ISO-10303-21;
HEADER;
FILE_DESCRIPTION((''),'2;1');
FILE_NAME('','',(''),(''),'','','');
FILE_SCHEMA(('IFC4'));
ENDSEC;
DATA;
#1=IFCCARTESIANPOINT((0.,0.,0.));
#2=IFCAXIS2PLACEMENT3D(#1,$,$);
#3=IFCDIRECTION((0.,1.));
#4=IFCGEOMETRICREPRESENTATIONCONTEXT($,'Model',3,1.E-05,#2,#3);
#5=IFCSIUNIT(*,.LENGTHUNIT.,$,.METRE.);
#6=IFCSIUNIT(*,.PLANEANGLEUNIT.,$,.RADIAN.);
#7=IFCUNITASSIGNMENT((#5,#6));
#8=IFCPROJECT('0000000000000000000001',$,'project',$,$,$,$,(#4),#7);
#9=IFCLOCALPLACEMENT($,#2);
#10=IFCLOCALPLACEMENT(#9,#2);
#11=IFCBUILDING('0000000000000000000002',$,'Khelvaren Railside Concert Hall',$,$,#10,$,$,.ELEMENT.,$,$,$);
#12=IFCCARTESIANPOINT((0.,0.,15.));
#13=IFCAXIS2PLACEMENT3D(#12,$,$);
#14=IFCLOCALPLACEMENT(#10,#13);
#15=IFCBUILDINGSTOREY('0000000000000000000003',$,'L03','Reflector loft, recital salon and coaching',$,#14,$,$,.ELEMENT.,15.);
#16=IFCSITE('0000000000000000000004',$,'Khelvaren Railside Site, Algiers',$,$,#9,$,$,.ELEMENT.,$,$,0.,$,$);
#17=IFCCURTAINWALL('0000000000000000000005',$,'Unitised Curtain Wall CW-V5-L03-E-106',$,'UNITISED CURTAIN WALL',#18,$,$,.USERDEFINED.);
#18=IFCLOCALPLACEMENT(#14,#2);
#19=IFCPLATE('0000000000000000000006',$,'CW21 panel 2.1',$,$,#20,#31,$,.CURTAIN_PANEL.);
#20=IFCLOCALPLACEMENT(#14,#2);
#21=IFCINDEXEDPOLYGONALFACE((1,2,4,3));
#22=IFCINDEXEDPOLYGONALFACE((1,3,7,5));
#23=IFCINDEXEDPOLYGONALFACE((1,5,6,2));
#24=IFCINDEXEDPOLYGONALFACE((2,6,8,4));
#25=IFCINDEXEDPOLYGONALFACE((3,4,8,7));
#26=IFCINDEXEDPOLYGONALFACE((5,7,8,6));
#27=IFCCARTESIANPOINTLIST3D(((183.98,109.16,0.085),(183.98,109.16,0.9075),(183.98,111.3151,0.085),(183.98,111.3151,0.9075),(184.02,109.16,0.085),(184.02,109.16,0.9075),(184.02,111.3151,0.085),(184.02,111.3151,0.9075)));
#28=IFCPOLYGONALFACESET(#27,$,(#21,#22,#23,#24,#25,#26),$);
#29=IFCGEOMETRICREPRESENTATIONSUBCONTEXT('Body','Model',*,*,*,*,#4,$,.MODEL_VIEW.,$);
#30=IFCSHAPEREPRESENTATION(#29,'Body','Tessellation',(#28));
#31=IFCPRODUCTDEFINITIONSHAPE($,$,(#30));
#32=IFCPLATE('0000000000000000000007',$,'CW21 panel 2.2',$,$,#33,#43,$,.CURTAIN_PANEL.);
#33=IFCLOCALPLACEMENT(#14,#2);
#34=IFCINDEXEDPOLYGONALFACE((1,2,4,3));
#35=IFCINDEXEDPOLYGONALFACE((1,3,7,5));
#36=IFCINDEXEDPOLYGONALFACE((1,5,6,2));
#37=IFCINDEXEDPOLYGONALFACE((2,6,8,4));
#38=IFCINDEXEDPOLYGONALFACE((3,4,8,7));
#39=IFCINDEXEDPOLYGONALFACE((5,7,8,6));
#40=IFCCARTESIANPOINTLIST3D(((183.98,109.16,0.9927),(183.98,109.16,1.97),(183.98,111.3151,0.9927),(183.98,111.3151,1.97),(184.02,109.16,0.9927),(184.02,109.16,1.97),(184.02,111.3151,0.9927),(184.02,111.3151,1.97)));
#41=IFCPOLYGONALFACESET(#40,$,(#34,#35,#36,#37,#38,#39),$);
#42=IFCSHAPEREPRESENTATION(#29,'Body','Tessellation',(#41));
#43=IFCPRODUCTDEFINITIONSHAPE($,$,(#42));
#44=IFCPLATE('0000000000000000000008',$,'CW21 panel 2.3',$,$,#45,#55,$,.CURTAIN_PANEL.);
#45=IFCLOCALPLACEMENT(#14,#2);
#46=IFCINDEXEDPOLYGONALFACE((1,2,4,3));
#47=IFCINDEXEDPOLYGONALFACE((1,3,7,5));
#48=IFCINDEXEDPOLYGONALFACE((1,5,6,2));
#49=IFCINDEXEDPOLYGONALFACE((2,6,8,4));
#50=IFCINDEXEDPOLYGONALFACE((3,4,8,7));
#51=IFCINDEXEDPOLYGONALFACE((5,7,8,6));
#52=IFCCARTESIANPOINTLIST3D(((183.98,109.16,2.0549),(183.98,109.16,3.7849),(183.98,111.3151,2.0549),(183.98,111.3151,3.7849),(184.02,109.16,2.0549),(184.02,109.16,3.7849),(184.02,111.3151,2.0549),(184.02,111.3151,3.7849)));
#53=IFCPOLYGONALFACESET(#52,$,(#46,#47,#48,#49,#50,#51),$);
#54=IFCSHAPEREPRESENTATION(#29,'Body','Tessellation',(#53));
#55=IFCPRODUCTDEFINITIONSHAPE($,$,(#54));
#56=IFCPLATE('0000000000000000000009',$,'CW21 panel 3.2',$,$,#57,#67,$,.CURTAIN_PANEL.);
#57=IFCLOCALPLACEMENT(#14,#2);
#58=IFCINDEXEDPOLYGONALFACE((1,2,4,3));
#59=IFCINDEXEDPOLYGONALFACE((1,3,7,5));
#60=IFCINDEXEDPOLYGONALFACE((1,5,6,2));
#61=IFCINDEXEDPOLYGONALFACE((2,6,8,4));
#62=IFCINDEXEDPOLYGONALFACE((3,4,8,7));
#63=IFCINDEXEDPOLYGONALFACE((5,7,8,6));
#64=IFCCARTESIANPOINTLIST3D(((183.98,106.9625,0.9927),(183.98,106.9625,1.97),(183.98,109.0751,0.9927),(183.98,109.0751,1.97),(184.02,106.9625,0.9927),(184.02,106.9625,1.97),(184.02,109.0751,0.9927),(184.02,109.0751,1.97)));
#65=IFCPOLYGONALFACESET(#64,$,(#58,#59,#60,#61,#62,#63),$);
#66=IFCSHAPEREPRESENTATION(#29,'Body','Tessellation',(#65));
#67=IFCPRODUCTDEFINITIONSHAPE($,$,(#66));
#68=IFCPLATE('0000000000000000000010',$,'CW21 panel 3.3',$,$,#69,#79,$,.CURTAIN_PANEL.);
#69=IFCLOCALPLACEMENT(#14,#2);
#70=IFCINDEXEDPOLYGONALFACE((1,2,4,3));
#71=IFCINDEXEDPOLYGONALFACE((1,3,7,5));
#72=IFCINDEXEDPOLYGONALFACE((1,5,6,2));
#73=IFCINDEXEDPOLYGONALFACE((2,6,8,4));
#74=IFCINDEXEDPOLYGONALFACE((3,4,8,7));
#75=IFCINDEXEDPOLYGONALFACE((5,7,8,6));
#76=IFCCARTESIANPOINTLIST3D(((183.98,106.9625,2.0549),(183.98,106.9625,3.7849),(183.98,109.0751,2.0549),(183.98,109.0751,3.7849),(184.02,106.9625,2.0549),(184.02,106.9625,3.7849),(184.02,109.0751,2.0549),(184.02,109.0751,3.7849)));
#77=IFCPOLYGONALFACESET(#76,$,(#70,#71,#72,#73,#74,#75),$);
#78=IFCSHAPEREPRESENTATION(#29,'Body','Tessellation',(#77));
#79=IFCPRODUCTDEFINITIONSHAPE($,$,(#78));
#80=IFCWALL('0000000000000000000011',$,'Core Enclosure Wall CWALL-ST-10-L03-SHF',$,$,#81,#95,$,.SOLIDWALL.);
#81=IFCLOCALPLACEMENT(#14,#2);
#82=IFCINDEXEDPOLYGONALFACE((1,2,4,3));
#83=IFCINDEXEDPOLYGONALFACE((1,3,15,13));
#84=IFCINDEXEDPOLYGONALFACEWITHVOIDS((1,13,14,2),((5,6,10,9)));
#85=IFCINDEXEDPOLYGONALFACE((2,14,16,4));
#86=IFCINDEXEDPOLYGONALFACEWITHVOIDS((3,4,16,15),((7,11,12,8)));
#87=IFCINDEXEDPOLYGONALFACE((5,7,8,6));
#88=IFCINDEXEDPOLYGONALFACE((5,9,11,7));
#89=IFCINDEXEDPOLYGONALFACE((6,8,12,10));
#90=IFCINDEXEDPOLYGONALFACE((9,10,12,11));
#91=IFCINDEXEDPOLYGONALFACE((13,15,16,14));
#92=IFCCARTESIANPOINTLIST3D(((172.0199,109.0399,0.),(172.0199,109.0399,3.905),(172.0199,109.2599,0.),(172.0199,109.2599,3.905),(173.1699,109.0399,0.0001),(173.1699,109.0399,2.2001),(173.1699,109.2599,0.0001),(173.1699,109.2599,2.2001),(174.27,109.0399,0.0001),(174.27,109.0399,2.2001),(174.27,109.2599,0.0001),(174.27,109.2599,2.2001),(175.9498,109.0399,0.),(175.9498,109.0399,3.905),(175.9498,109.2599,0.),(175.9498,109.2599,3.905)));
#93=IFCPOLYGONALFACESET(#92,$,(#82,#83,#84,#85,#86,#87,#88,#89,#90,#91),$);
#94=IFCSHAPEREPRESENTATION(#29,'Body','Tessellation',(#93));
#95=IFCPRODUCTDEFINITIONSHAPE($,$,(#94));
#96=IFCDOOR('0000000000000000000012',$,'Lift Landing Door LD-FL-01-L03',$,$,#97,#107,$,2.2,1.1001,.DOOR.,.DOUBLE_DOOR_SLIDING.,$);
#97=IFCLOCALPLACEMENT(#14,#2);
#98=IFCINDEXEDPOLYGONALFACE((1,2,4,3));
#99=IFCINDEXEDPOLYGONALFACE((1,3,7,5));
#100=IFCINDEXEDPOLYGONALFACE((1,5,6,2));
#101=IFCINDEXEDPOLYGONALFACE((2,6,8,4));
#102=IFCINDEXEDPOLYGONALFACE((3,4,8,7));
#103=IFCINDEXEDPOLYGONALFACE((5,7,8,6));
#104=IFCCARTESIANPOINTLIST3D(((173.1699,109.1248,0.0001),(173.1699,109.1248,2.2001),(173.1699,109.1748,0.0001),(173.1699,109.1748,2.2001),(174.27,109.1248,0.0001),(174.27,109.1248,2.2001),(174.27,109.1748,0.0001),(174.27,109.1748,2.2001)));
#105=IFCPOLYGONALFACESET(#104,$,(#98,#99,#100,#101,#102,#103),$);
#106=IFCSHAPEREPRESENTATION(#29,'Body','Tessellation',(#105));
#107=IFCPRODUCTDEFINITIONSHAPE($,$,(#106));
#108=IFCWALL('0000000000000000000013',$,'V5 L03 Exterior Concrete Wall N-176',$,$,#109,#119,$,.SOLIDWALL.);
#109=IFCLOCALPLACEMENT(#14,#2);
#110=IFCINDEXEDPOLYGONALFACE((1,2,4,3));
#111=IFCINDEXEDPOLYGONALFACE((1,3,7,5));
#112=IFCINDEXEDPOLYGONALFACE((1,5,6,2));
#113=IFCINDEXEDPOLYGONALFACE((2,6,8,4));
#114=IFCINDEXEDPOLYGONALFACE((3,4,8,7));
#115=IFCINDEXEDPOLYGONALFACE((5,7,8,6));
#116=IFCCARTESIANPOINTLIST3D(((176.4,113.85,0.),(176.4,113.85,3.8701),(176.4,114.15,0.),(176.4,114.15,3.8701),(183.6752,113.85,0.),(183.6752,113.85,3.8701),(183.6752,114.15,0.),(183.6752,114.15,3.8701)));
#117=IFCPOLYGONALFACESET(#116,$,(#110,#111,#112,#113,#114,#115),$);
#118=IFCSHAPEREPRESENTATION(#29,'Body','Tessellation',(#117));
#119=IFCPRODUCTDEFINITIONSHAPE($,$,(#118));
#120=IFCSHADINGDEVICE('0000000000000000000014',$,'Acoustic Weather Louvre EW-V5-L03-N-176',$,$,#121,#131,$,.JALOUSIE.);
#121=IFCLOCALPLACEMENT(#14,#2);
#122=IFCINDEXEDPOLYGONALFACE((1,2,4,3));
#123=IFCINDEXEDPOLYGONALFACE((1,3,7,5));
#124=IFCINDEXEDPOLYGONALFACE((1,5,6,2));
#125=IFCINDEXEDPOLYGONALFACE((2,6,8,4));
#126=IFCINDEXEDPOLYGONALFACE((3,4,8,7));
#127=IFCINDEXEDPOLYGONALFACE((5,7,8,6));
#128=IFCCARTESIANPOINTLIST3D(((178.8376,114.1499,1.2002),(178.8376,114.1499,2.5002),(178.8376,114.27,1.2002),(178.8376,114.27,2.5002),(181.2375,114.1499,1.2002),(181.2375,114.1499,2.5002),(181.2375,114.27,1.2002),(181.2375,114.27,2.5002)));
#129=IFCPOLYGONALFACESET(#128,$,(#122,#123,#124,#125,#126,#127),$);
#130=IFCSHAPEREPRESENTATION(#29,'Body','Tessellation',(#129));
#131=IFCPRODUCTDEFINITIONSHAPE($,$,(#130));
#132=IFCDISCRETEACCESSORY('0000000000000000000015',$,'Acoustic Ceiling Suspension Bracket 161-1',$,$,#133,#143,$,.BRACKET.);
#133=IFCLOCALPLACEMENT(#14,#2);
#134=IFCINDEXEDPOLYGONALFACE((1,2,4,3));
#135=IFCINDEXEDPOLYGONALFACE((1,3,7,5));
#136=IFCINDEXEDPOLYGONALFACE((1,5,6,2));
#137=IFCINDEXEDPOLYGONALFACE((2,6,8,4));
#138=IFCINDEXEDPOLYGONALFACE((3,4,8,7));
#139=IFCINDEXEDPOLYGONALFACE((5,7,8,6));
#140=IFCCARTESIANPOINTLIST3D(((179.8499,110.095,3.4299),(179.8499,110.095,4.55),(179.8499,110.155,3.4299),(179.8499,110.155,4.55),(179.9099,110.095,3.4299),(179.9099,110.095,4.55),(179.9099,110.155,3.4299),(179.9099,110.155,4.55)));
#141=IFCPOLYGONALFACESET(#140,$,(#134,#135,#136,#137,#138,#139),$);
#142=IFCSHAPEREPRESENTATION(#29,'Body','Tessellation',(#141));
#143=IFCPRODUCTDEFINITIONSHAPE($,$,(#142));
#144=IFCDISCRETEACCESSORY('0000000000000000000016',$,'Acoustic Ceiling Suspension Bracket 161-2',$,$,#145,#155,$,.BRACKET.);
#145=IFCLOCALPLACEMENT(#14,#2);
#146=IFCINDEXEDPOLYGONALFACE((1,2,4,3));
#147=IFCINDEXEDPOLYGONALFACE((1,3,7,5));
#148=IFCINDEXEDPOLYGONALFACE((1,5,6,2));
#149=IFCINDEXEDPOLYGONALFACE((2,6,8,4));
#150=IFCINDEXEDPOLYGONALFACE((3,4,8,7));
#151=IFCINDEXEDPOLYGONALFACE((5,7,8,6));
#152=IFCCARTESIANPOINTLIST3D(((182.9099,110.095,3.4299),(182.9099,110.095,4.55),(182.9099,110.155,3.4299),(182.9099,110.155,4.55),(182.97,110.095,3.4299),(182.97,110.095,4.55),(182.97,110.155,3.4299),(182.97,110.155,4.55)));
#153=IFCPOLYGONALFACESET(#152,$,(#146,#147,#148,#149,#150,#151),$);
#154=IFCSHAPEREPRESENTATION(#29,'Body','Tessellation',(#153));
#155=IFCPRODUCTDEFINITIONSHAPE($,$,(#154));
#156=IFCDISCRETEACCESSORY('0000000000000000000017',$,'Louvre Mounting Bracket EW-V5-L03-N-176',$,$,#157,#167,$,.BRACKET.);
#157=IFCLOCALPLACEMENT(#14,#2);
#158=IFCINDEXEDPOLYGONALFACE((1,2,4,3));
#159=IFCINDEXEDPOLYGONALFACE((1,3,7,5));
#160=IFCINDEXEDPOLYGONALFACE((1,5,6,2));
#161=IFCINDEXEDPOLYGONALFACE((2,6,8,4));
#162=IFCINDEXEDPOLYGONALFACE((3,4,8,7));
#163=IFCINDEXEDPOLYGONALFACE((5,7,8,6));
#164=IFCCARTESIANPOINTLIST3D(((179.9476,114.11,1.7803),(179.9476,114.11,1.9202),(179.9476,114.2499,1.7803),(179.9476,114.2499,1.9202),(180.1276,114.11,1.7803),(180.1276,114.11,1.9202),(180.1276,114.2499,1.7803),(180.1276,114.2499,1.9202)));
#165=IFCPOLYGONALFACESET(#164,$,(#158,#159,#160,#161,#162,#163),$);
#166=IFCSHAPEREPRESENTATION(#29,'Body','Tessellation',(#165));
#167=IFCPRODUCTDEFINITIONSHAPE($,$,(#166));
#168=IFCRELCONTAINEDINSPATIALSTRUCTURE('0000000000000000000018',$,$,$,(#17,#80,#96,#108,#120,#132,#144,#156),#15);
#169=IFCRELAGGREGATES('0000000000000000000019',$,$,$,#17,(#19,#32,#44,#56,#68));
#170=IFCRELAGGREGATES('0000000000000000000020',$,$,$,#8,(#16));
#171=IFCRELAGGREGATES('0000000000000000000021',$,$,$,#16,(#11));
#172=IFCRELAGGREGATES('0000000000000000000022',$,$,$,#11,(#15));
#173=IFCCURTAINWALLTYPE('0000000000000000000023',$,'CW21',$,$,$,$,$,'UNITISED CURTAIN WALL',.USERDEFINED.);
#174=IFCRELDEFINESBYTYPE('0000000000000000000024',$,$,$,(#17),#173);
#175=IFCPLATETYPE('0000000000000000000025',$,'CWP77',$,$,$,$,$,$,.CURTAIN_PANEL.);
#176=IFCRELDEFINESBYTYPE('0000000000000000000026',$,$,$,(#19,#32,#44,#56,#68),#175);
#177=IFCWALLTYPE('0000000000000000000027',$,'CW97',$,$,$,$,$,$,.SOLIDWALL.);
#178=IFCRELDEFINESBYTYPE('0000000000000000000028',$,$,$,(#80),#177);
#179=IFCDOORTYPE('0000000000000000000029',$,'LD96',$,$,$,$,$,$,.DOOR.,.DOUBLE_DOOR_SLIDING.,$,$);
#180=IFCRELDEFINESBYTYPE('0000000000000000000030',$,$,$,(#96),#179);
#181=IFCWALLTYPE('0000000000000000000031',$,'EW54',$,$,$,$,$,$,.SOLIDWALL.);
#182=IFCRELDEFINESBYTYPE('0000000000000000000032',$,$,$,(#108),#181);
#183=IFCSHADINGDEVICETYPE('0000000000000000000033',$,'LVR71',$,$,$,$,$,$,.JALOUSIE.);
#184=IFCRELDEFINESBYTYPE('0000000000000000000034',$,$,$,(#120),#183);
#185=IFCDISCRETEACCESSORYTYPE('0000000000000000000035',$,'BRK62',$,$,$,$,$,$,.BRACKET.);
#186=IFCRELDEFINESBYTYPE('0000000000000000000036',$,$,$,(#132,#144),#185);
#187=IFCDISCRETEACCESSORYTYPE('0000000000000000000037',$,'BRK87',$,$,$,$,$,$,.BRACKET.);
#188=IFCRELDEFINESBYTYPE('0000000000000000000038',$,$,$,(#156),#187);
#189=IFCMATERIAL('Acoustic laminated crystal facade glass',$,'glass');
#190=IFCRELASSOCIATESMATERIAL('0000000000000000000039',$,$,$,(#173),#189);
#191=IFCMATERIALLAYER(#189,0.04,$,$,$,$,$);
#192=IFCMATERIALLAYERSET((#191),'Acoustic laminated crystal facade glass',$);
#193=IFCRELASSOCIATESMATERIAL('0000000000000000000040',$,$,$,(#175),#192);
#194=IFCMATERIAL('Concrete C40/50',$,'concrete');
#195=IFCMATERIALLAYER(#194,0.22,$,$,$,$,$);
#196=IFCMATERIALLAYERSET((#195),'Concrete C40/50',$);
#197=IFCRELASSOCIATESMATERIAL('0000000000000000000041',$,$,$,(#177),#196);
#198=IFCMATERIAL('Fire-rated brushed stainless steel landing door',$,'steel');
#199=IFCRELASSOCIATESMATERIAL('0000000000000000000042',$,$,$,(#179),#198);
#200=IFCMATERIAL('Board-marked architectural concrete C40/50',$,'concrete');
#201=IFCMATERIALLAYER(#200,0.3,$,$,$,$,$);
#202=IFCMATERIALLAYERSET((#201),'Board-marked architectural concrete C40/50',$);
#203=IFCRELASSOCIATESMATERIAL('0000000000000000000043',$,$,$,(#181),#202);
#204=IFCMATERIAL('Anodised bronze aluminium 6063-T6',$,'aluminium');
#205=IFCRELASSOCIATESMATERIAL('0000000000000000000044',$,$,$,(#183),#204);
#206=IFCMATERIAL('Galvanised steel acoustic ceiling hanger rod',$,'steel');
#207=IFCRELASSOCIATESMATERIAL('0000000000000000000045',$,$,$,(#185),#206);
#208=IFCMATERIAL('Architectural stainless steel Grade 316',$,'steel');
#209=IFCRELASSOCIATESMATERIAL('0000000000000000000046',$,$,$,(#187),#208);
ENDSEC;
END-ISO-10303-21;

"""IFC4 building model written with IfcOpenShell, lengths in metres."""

from ifc_helpers import new_model, si_unit, direction, frame, frame_2d, origin, origin_2d, place, context, subcontext, project, spatial, rectangle, extrude, material, layer, layer_set, type_object, element, fill, aggregate, save


model = new_model("IFC4")

# Units and contexts
model_context = context("Model", 3, precision=1e-05, world=origin(), true_north=direction((0.0, 1.0)))
body_context = subcontext(model_context, "Body", "Model", "MODEL_VIEW")
ifc_project = project(units=[si_unit("LENGTHUNIT", "METRE"), si_unit("PLANEANGLEUNIT", "RADIAN")], contexts=[model_context])

# Site, building, storey
site_placement = place(None, origin())
site = spatial("IfcSite", under=ifc_project, at=site_placement, Name="Khelvaren Railside Site, Algiers", CompositionType="ELEMENT", RefElevation=0.0)
building_placement = place(site_placement, origin())
building = spatial("IfcBuilding", under=site, at=building_placement, Name="Khelvaren Railside Concert Hall", CompositionType="ELEMENT")
storey_placement = place(building_placement, frame((0.0, 0.0, 15.0)))
storey = spatial("IfcBuildingStorey", under=building, at=storey_placement, Name="L03", Description="Reflector loft, recital salon and coaching", CompositionType="ELEMENT", Elevation=15.0)

# Curtain wall
ifc_material_1 = material(Name="Acoustic laminated crystal facade glass", Category="glass")
curtain_wall_type = type_object("IfcCurtainWallType", Name="CW21", ElementType="UNITISED CURTAIN WALL", PredefinedType="USERDEFINED", material=ifc_material_1)
curtain_wall_placement = place(storey_placement, origin())
curtain_wall = element("IfcCurtainWall", 1, at=curtain_wall_placement, inside=storey, type_object=curtain_wall_type, Name="Unitised Curtain Wall CW-V5-L03-E-106", ObjectType="UNITISED CURTAIN WALL", PredefinedType="USERDEFINED")

# Shared definitions
ifc_material_2 = material(Name="Concrete C40/50", Category="concrete")

# Plates
ifc_layer_1 = layer(ifc_material_1, 0.04)
ifc_layer_set_1 = layer_set([ifc_layer_1], Name="Acoustic laminated crystal facade glass")
plate_type = type_object("IfcPlateType", Name="CWP77", PredefinedType="CURTAIN_PANEL", material=ifc_layer_set_1)
plate_1_placement = place(storey_placement, frame((184.0, 110.2375, 0.085), z_axis=(0.0, 0.0, 1.0), x_axis=(0.0, -1.0, 0.0)))
plate_1 = element("IfcPlate", 2, at=plate_1_placement, type_object=plate_type, Name="CW21 panel 2.1", PredefinedType="CURTAIN_PANEL", context=body_context, shape_type="SweptSolid", body=[
    extrude(rectangle(XDim=2.155, YDim=0.04, at=origin_2d()), origin(), (0.0, 0.0, 1.0), 0.8225),
])
plate_2_placement = place(storey_placement, frame((184.0, 110.2375, 0.9927), z_axis=(0.0, 0.0, 1.0), x_axis=(0.0, -1.0, 0.0)))
plate_2 = element("IfcPlate", 3, at=plate_2_placement, type_object=plate_type, Name="CW21 panel 2.2", PredefinedType="CURTAIN_PANEL", context=body_context, shape_type="SweptSolid", body=[
    extrude(rectangle(XDim=2.155, YDim=0.04, at=origin_2d()), origin(), (0.0, 0.0, 1.0), 0.9773),
])
plate_3_placement = place(storey_placement, frame((184.0, 110.2375, 2.0549), z_axis=(0.0, 0.0, 1.0), x_axis=(0.0, -1.0, 0.0)))
plate_3 = element("IfcPlate", 4, at=plate_3_placement, type_object=plate_type, Name="CW21 panel 2.3", PredefinedType="CURTAIN_PANEL", context=body_context, shape_type="SweptSolid", body=[
    extrude(rectangle(XDim=2.155, YDim=0.04, at=origin_2d()), origin(), (0.0, 0.0, 1.0), 1.73),
])
plate_4_placement = place(storey_placement, frame((184.0, 108.0188, 0.9927), z_axis=(0.0, 0.0, 1.0), x_axis=(0.0, -1.0, 0.0)))
plate_4 = element("IfcPlate", 5, at=plate_4_placement, type_object=plate_type, Name="CW21 panel 3.2", PredefinedType="CURTAIN_PANEL", context=body_context, shape_type="SweptSolid", body=[
    extrude(rectangle(XDim=2.1125, YDim=0.04, at=origin_2d()), origin(), (0.0, 0.0, 1.0), 0.9773),
])
plate_5_placement = place(storey_placement, frame((184.0, 108.0188, 2.0549), z_axis=(0.0, 0.0, 1.0), x_axis=(0.0, -1.0, 0.0)))
plate_5 = element("IfcPlate", 6, at=plate_5_placement, type_object=plate_type, Name="CW21 panel 3.3", PredefinedType="CURTAIN_PANEL", context=body_context, shape_type="SweptSolid", body=[
    extrude(rectangle(XDim=2.1125, YDim=0.04, at=origin_2d()), origin(), (0.0, 0.0, 1.0), 1.73),
])
aggregate(curtain_wall, [plate_1, plate_2, plate_3, plate_4, plate_5])

# Wall, opening, door
ifc_layer_2 = layer(ifc_material_2, 0.22)
ifc_layer_set_2 = layer_set([ifc_layer_2], Name="Concrete C40/50")
wall_type_1 = type_object("IfcWallType", Name="CW97", PredefinedType="SOLIDWALL", material=ifc_layer_set_2)
wall_1_placement = place(storey_placement, frame((172.02, 109.1499, 0.0), z_axis=(0.0, 0.0, 1.0), x_axis=(1.0, 0.0, 0.0)))
wall_1 = element("IfcWall", 7, at=wall_1_placement, inside=storey, type_object=wall_type_1, Name="Core Enclosure Wall CWALL-ST-10-L03-SHF", PredefinedType="SOLIDWALL", context=body_context, shape_type="SweptSolid", body=[
    extrude(rectangle(XDim=3.9299, YDim=0.22, at=frame_2d((1.9648, 0.0))), origin(), (0.0, 0.0, 1.0), 3.905),
])
opening_placement = place(wall_1_placement, frame((1.1499, 0.0, 0.0)))
opening = element("IfcOpeningElement", 8, at=opening_placement, cuts=wall_1, PredefinedType="OPENING", context=body_context, shape_type="SweptSolid", body=[
    extrude(rectangle(XDim=1.1001, YDim=2.2, at=frame_2d((0.55, 1.1001))), frame((0.0, 0.1199, 0.0), z_axis=(0.0, -1.0, 0.0), x_axis=(1.0, 0.0, 0.0)), (0.0, 0.0, 1.0), 0.24),
])
ifc_material_3 = material(Name="Fire-rated brushed stainless steel landing door", Category="steel")
door_type = type_object("IfcDoorType", Name="LD96", OperationType="DOUBLE_DOOR_SLIDING", PredefinedType="DOOR", material=ifc_material_3)
door_placement = place(opening_placement, origin())
door = element("IfcDoor", 9, at=door_placement, inside=storey, type_object=door_type, Name="Lift Landing Door LD-FL-01-L03", OperationType="DOUBLE_DOOR_SLIDING", OverallHeight=2.2, OverallWidth=1.1001, PredefinedType="DOOR", context=body_context, shape_type="SweptSolid", body=[
    extrude(rectangle(XDim=1.1001, YDim=2.2, at=frame_2d((0.55, 1.1001))), frame((0.0, 0.0249, 0.0), z_axis=(0.0, -1.0, 0.0), x_axis=(1.0, 0.0, 0.0)), (0.0, 0.0, 1.0), 0.05),
])
fill(opening, door)

# Wall
ifc_material_4 = material(Name="Board-marked architectural concrete C40/50", Category="concrete")
ifc_layer_3 = layer(ifc_material_4, 0.3)
ifc_layer_set_3 = layer_set([ifc_layer_3], Name="Board-marked architectural concrete C40/50")
wall_type_2 = type_object("IfcWallType", Name="EW54", PredefinedType="SOLIDWALL", material=ifc_layer_set_3)
wall_2_placement = place(storey_placement, frame((176.3999, 114.0, 0.0), z_axis=(0.0, 0.0, 1.0), x_axis=(1.0, 0.0, 0.0)))
element("IfcWall", 10, at=wall_2_placement, inside=storey, type_object=wall_type_2, Name="V5 L03 Exterior Concrete Wall N-176", PredefinedType="SOLIDWALL", context=body_context, shape_type="SweptSolid", body=[
    extrude(rectangle(XDim=7.2751, YDim=0.3, at=frame_2d((3.6377, 0.0))), origin(), (0.0, 0.0, 1.0), 3.8701),
])

# Shading device
ifc_material_5 = material(Name="Anodised bronze aluminium 6063-T6", Category="aluminium")
shading_device_type = type_object("IfcShadingDeviceType", Name="LVR71", PredefinedType="JALOUSIE", material=ifc_material_5)
shading_device_placement = place(storey_placement, frame((180.0376, 114.21, 1.2002), z_axis=(0.0, 0.0, 1.0), x_axis=(1.0, 0.0, 0.0)))
element("IfcShadingDevice", 11, at=shading_device_placement, inside=storey, type_object=shading_device_type, Name="Acoustic Weather Louvre EW-V5-L03-N-176", PredefinedType="JALOUSIE", context=body_context, shape_type="SweptSolid", body=[
    extrude(rectangle(XDim=2.3999, YDim=0.1201, at=origin_2d()), origin(), (0.0, 0.0, 1.0), 1.3),
])

# Discrete accessories
ifc_material_6 = material(Name="Galvanised steel acoustic ceiling hanger rod", Category="steel")
discrete_accessory_type_1 = type_object("IfcDiscreteAccessoryType", Name="BRK62", PredefinedType="BRACKET", material=ifc_material_6)
for number, where, z_axis, x_axis, name in (
    (12, (179.8799, 110.125, 3.4299), (0.0, 0.0, 1.0), (1.0, 0.0, 0.0), "Acoustic Ceiling Suspension Bracket 161-1"),
    (13, (182.9399, 110.125, 3.4299), (0.0, 0.0, 1.0), (1.0, 0.0, 0.0), "Acoustic Ceiling Suspension Bracket 161-2"),
):
    element("IfcDiscreteAccessory", number, at=place(storey_placement, frame(where, z_axis=z_axis, x_axis=x_axis)), inside=storey, type_object=discrete_accessory_type_1, Name=name, PredefinedType="BRACKET", context=body_context, shape_type="SweptSolid", body=[
        extrude(rectangle(XDim=0.0601, YDim=0.0601, at=origin_2d()), origin(), (0.0, 0.0, 1.0), 1.1201),
    ])
ifc_material_7 = material(Name="Architectural stainless steel Grade 316", Category="steel")
discrete_accessory_type_2 = type_object("IfcDiscreteAccessoryType", Name="BRK87", PredefinedType="BRACKET", material=ifc_material_7)
discrete_accessory_placement = place(storey_placement, frame((180.0376, 114.1799, 1.7803), z_axis=(0.0, 0.0, 1.0), x_axis=(1.0, 0.0, 0.0)))
element("IfcDiscreteAccessory", 14, at=discrete_accessory_placement, inside=storey, type_object=discrete_accessory_type_2, Name="Louvre Mounting Bracket EW-V5-L03-N-176", PredefinedType="BRACKET", context=body_context, shape_type="SweptSolid", body=[
    extrude(rectangle(XDim=0.1799, YDim=0.1399, at=origin_2d()), origin(), (0.0, 0.0, 1.0), 0.1399),
])

save(model, "model.ifc")
